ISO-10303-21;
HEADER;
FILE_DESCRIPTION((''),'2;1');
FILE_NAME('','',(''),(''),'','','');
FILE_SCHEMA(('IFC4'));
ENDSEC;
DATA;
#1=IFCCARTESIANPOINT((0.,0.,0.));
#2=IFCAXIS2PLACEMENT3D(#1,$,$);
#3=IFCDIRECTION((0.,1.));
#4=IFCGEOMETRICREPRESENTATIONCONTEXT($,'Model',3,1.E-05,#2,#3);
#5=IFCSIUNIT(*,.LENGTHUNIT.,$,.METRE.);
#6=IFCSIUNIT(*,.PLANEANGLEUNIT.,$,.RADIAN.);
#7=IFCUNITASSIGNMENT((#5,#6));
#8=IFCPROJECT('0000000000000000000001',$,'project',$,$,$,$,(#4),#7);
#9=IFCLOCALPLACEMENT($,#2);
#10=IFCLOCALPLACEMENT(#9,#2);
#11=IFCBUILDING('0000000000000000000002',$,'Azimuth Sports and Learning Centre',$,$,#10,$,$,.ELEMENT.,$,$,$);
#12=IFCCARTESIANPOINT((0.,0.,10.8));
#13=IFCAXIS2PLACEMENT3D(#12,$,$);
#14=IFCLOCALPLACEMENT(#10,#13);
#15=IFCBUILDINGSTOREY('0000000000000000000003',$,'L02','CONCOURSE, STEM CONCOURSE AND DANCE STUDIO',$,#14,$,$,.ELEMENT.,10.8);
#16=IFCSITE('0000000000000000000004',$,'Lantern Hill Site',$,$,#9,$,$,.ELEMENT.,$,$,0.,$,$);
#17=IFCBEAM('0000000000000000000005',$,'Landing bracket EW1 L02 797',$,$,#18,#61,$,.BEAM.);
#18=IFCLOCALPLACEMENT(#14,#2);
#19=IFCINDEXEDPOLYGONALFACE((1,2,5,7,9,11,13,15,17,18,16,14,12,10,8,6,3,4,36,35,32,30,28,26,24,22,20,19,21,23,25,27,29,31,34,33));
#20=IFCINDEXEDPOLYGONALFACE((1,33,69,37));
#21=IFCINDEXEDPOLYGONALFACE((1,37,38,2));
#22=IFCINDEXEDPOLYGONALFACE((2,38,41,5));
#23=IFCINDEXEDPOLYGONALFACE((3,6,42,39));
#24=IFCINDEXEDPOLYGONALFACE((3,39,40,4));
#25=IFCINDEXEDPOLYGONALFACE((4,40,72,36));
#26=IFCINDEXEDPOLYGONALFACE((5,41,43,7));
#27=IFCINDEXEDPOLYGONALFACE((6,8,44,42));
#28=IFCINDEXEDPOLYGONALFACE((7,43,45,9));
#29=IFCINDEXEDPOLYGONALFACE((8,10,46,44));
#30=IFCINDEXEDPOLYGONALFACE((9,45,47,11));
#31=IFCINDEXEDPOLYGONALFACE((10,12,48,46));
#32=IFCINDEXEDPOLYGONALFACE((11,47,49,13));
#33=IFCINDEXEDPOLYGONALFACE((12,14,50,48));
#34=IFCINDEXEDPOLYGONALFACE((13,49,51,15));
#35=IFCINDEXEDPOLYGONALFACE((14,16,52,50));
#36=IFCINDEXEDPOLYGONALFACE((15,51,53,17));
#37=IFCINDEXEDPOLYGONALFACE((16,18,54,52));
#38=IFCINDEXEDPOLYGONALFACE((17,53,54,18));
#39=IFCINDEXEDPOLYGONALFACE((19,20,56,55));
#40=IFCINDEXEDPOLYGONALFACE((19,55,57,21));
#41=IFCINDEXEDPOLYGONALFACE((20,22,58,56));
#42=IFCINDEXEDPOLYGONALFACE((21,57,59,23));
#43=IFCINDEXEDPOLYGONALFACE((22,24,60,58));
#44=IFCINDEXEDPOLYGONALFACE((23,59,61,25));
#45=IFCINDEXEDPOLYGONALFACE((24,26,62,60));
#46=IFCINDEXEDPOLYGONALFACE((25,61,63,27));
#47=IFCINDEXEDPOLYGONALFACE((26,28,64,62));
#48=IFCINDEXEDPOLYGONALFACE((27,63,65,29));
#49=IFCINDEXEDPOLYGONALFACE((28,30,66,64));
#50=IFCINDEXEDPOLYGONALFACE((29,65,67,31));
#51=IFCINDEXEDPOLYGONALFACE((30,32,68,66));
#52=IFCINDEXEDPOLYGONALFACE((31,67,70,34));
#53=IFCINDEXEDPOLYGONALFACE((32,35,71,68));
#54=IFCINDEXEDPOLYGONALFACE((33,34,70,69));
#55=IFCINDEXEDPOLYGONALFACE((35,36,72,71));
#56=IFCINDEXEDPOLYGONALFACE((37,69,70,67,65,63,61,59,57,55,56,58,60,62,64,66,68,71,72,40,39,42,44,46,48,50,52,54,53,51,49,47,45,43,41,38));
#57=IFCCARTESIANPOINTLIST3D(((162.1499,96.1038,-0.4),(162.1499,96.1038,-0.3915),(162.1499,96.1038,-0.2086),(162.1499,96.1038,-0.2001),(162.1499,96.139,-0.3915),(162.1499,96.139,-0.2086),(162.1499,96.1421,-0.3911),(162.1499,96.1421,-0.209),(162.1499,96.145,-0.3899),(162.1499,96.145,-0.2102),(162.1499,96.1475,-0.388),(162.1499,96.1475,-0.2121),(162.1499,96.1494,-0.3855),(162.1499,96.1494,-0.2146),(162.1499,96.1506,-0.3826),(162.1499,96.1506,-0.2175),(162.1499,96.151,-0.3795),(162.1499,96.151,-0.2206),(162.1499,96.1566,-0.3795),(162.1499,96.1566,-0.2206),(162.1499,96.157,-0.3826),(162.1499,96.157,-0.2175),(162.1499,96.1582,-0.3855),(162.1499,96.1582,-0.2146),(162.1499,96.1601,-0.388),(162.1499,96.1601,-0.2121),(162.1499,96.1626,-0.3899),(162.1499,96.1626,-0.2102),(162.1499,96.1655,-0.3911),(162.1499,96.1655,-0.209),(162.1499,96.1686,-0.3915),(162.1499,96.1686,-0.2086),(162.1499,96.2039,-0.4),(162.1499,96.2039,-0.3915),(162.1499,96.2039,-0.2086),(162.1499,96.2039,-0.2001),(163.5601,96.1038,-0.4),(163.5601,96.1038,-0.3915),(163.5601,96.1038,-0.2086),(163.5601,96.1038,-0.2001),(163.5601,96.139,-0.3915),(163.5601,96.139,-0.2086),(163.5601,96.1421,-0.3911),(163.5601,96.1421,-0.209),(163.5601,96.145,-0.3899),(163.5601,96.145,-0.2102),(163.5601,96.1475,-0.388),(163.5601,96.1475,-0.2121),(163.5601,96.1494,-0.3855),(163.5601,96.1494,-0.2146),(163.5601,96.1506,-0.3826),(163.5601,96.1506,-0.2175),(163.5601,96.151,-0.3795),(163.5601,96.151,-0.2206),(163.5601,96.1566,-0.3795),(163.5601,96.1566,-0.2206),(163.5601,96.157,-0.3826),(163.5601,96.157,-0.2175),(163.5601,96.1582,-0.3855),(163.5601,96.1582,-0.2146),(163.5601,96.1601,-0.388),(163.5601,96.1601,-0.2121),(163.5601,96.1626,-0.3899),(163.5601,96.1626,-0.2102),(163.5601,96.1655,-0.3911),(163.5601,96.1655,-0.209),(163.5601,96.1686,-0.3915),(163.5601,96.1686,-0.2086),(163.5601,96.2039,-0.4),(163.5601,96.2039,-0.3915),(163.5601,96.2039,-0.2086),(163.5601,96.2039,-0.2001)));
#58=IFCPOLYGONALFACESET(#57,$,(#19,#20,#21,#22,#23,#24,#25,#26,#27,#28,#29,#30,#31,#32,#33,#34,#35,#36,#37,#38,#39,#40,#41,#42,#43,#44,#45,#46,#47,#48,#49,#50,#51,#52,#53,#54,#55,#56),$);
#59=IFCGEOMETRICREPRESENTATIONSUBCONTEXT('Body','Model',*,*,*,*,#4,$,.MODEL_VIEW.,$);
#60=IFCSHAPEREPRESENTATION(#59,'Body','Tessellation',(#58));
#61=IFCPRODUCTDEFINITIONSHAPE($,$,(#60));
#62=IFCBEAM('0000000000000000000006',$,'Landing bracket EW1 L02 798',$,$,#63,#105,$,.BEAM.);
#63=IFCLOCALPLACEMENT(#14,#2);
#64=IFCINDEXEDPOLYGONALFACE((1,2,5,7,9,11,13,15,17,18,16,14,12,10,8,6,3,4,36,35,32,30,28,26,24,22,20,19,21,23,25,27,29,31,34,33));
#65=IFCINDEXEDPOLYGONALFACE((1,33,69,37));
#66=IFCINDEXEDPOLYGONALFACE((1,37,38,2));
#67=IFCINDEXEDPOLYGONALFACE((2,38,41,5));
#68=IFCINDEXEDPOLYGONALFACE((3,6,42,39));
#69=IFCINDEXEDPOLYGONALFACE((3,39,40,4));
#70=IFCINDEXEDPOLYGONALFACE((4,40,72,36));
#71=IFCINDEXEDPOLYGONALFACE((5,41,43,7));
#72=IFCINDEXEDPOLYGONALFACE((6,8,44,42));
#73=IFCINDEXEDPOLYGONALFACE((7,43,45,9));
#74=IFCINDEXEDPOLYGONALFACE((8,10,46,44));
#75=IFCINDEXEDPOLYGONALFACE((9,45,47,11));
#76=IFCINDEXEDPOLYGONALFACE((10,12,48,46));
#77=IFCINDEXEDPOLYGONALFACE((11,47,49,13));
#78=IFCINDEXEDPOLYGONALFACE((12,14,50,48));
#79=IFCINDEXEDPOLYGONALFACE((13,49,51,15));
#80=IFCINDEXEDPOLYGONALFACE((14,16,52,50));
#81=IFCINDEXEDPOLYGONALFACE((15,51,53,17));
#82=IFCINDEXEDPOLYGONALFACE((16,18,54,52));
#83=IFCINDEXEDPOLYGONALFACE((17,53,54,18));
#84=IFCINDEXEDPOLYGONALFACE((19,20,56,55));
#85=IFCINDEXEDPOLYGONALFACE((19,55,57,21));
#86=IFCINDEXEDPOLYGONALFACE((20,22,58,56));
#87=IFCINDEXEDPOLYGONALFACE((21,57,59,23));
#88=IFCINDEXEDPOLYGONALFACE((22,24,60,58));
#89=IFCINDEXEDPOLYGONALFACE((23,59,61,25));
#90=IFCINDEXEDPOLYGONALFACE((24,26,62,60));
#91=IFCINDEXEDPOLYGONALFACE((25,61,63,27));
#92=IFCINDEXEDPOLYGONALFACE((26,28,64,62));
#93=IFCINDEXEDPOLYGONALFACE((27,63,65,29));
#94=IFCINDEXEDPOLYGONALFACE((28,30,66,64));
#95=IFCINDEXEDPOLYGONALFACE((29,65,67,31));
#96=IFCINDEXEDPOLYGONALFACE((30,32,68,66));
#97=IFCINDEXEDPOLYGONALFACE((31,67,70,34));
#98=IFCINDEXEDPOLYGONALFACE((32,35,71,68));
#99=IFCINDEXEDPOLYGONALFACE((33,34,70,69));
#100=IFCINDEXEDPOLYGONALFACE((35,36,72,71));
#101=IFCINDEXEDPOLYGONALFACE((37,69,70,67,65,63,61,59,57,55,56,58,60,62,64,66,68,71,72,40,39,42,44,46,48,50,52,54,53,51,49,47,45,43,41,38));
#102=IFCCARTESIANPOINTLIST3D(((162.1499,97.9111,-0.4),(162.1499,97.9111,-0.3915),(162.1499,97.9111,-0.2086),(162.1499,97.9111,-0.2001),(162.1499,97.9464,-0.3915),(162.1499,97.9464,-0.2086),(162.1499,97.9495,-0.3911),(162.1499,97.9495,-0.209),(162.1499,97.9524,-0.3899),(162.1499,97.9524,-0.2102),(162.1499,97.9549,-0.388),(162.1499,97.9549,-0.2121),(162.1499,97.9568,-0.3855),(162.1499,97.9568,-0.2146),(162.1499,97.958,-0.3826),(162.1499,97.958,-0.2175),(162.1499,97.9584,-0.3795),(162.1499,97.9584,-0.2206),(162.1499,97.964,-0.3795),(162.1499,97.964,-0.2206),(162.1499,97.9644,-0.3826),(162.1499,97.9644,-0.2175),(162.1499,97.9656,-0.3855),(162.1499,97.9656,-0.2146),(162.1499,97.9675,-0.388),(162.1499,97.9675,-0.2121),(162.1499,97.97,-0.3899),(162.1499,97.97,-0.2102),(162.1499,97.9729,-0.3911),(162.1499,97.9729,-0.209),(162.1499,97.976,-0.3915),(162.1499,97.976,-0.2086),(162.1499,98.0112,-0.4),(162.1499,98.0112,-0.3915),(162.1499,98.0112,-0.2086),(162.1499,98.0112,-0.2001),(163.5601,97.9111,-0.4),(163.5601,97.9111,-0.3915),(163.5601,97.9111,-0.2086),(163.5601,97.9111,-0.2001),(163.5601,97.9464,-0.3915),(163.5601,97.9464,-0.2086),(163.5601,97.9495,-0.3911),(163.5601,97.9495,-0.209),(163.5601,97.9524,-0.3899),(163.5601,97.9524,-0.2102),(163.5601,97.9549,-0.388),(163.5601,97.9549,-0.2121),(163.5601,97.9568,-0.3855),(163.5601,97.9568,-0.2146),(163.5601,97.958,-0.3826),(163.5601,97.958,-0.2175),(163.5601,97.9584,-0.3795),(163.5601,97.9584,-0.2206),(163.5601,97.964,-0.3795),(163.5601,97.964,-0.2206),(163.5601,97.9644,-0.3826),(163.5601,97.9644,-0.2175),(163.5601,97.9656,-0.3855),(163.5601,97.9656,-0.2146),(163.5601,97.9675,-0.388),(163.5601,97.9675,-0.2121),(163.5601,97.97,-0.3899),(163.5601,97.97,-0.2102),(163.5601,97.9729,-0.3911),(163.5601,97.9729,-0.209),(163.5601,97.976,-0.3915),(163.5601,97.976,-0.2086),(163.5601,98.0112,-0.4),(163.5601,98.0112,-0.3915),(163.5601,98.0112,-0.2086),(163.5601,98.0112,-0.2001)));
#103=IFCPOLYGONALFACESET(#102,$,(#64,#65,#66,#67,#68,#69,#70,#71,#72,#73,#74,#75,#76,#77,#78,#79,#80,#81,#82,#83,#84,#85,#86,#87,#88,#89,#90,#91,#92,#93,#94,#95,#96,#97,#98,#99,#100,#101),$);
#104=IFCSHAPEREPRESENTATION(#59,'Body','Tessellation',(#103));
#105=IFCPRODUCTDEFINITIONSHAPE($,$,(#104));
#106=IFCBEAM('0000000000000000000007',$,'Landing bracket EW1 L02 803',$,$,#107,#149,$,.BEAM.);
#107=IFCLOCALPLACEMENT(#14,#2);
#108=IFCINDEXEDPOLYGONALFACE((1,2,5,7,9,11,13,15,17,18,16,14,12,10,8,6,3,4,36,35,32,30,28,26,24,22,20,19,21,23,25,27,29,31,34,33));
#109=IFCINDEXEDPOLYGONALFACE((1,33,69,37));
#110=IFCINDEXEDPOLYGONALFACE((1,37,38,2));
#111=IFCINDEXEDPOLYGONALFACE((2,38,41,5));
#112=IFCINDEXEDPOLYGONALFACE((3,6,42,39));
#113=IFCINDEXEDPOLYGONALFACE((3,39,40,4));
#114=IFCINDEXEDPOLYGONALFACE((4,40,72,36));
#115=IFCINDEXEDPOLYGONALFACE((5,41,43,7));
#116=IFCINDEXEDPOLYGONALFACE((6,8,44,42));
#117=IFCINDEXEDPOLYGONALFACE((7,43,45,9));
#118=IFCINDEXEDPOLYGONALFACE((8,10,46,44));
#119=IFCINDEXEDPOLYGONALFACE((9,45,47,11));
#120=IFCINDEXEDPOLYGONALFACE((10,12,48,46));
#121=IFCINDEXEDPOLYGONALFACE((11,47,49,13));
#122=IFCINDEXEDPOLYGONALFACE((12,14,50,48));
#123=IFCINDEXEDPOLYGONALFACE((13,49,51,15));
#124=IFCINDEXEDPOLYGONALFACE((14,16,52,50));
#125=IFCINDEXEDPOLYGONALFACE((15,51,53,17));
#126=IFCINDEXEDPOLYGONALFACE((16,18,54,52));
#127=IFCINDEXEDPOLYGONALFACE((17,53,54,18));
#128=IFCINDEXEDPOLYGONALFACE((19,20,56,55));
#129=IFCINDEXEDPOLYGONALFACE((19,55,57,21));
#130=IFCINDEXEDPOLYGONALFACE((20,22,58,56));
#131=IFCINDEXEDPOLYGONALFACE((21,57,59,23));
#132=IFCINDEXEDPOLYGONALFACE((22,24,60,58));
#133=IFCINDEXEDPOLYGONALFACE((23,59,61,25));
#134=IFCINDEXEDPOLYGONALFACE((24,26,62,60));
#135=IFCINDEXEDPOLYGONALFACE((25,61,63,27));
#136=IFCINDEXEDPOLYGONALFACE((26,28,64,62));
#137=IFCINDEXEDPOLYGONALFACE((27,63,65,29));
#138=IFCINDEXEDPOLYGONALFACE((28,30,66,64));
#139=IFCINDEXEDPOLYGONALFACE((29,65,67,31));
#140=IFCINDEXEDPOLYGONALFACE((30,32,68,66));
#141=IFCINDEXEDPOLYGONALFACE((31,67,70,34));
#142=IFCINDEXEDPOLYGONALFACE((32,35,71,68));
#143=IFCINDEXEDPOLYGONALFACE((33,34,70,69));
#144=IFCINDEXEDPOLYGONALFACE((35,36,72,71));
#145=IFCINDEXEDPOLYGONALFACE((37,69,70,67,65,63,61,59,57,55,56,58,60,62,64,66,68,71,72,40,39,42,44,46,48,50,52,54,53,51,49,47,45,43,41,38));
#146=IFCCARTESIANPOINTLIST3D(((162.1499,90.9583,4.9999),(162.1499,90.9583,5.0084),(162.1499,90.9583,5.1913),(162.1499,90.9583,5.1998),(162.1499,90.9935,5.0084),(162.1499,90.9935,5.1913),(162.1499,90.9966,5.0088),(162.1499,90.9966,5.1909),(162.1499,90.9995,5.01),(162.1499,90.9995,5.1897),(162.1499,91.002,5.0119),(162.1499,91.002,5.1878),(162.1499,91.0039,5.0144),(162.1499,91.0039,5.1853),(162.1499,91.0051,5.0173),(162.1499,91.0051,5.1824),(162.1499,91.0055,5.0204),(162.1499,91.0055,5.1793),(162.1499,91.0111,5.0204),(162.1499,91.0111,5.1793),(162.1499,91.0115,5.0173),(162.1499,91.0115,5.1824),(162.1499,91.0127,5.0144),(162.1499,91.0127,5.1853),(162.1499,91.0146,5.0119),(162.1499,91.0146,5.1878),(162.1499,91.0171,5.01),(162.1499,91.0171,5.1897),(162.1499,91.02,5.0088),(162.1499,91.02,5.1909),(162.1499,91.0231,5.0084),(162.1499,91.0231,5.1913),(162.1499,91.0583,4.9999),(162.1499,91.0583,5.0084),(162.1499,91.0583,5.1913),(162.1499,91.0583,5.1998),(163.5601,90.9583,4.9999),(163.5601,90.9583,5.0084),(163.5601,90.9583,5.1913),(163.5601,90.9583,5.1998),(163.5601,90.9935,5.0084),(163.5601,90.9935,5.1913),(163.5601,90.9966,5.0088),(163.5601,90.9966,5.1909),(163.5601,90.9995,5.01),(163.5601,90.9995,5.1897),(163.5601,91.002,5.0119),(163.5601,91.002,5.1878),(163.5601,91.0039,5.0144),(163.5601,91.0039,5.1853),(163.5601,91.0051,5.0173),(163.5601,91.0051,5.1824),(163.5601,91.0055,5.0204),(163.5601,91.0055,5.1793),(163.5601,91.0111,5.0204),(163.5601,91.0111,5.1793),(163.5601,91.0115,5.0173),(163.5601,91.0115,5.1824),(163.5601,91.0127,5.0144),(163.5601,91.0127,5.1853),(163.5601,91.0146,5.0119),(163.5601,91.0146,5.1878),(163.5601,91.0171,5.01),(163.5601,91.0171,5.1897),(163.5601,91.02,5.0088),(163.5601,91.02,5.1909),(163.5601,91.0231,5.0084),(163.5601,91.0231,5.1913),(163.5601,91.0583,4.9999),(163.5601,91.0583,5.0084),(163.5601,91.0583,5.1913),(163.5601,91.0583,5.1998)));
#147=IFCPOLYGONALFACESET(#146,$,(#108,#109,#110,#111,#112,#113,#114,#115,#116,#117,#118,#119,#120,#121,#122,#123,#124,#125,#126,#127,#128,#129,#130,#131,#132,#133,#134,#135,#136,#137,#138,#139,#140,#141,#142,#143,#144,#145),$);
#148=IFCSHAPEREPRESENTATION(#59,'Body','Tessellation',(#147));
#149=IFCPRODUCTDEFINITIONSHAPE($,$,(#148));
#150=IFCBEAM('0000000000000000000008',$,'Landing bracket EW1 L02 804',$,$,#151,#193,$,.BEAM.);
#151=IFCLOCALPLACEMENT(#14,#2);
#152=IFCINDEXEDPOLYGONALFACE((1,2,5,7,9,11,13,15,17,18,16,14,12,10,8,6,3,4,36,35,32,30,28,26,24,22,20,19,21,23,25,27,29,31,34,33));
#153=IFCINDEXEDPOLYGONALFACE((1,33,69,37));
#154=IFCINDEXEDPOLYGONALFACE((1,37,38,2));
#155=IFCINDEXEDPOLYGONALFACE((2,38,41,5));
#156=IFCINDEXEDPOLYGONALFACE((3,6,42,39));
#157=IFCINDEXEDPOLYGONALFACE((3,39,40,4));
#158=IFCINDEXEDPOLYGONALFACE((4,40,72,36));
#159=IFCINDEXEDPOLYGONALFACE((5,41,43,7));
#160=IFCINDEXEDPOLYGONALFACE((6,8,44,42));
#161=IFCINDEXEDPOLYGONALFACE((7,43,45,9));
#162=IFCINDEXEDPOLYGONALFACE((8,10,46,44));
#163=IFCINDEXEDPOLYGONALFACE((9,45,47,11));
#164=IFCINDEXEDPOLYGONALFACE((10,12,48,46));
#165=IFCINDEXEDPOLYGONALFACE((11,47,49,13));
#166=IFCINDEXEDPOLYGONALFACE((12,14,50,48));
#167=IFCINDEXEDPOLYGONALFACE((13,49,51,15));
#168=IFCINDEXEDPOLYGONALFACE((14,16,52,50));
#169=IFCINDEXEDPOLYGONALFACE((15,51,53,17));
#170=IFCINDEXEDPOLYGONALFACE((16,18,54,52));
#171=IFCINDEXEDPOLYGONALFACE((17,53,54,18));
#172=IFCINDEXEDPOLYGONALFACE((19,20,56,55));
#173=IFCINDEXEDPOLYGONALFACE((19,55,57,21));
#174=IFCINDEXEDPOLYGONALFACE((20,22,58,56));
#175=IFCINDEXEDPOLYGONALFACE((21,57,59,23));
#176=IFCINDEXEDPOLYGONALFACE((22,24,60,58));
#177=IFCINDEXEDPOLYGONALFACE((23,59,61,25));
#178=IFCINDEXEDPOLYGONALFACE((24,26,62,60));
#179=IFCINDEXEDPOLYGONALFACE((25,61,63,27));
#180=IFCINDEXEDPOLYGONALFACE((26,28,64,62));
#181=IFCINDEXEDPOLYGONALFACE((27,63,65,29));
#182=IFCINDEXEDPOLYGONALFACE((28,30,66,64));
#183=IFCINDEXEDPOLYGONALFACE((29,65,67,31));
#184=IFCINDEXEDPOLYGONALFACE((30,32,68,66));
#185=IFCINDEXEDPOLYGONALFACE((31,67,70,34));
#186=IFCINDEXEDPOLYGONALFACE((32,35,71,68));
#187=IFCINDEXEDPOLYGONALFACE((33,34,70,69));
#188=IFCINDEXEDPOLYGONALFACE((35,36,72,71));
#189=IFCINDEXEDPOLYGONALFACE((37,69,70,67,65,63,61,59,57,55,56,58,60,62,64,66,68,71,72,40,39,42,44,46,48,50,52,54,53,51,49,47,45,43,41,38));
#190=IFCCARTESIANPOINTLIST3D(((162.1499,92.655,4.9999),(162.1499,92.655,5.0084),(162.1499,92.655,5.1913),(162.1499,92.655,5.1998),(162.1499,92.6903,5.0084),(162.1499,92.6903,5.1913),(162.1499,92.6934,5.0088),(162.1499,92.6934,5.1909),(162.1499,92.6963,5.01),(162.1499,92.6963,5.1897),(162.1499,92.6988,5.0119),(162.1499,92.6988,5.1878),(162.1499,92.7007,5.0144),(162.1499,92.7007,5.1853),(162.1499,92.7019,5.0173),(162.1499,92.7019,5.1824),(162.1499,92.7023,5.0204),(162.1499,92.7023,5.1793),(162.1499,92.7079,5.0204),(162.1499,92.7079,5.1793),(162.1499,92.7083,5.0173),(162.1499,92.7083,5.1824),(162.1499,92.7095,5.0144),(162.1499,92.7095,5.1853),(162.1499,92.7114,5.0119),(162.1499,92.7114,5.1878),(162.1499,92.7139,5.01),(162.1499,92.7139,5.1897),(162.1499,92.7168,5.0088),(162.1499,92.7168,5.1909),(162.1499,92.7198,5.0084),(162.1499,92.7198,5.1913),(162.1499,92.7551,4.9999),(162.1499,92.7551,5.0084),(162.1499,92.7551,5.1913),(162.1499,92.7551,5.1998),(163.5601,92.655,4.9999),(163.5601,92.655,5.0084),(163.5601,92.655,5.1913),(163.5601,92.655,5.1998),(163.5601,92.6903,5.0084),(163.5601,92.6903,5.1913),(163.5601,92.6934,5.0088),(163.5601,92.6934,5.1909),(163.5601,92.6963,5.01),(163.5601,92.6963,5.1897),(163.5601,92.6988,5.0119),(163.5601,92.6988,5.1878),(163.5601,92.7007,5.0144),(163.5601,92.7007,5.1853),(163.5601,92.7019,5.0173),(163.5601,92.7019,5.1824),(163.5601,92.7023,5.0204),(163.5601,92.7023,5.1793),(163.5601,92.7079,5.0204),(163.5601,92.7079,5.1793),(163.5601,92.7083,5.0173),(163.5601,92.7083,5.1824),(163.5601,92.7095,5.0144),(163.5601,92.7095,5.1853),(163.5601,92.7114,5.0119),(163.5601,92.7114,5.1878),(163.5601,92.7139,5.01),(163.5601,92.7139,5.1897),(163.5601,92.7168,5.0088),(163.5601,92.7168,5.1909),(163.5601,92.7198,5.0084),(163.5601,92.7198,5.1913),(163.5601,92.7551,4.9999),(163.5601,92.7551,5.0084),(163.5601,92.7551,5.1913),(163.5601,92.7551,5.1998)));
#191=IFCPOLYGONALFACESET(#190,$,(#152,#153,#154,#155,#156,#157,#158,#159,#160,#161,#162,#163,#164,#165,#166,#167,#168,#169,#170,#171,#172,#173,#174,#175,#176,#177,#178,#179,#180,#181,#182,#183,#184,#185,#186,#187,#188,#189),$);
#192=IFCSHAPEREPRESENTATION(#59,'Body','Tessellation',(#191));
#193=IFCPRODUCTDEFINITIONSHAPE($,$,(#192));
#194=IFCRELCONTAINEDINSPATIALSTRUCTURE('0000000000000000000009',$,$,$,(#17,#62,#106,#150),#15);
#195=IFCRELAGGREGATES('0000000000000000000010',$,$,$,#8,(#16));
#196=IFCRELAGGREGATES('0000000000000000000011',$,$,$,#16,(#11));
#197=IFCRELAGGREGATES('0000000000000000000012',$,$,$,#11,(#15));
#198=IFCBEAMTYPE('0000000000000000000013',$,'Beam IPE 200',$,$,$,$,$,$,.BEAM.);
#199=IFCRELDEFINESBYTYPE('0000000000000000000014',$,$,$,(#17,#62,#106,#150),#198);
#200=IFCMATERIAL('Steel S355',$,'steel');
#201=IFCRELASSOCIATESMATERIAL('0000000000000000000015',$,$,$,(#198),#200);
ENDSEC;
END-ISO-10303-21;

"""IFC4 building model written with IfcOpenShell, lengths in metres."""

from ifc_helpers import new_model, si_unit, direction, frame, origin, origin_2d, place, context, subcontext, project, spatial, i_section, extrude, material, material_profile, profile_set, type_object, element, save


model = new_model("IFC4")

# Units and contexts
model_context = context("Model", 3, precision=1e-05, world=origin(), true_north=direction((0.0, 1.0)))
body_context = subcontext(model_context, "Body", "Model", "MODEL_VIEW")
ifc_project = project(units=[si_unit("LENGTHUNIT", "METRE"), si_unit("PLANEANGLEUNIT", "RADIAN")], contexts=[model_context])

# Site, building, storey
site_placement = place(None, origin())
site = spatial("IfcSite", under=ifc_project, at=site_placement, Name="Lantern Hill Site", CompositionType="ELEMENT", RefElevation=0.0)
building_placement = place(site_placement, origin())
building = spatial("IfcBuilding", under=site, at=building_placement, Name="Azimuth Sports and Learning Centre", CompositionType="ELEMENT")
storey_placement = place(building_placement, frame((0.0, 0.0, 10.8)))
storey = spatial("IfcBuildingStorey", under=building, at=storey_placement, Name="L02", Description="CONCOURSE, STEM CONCOURSE AND DANCE STUDIO", CompositionType="ELEMENT", Elevation=10.8)

# Beams
ifc_material_1 = material(Name="Steel S355", Category="steel")
ifc_material_profile_1 = material_profile(ifc_material_1, i_section(OverallWidth=0.1001, OverallDepth=0.2, WebThickness=0.0056, FlangeThickness=0.0085, FilletRadius=0.012, at=origin_2d()), Name="IPE 200")
ifc_profile_set_1 = profile_set([ifc_material_profile_1], Name="Steel S355")
beam_type_1 = type_object("IfcBeamType", Name="Beam IPE 200", PredefinedType="BEAM", material=ifc_profile_set_1)
for number, where, z_axis, x_axis, name in (
    (1, (162.1499, 96.1538, -0.3), (1.0, 0.0, 0.0), (0.0, 1.0, 0.0), "Landing bracket EW1 L02 797"),
    (2, (162.1499, 97.9612, -0.3), (1.0, 0.0, 0.0), (0.0, 1.0, 0.0), "Landing bracket EW1 L02 798"),
    (3, (162.1499, 91.0083, 5.0999), (1.0, 0.0, 0.0), (0.0, 1.0, 0.0), "Landing bracket EW1 L02 803"),
    (4, (162.1499, 92.7051, 5.0999), (1.0, 0.0, 0.0), (0.0, 1.0, 0.0), "Landing bracket EW1 L02 804"),
):
    element("IfcBeam", number, at=place(storey_placement, frame(where, z_axis=z_axis, x_axis=x_axis)), inside=storey, type_object=beam_type_1, Name=name, PredefinedType="BEAM", context=body_context, shape_type="SweptSolid", body=[
        extrude(i_section(OverallWidth=0.1001, OverallDepth=0.2, WebThickness=0.0056, FlangeThickness=0.0085, FilletRadius=0.012, at=origin_2d()), origin(), (0.0, 0.0, 1.0), 1.4102),
    ])

save(model, "model.ifc")
